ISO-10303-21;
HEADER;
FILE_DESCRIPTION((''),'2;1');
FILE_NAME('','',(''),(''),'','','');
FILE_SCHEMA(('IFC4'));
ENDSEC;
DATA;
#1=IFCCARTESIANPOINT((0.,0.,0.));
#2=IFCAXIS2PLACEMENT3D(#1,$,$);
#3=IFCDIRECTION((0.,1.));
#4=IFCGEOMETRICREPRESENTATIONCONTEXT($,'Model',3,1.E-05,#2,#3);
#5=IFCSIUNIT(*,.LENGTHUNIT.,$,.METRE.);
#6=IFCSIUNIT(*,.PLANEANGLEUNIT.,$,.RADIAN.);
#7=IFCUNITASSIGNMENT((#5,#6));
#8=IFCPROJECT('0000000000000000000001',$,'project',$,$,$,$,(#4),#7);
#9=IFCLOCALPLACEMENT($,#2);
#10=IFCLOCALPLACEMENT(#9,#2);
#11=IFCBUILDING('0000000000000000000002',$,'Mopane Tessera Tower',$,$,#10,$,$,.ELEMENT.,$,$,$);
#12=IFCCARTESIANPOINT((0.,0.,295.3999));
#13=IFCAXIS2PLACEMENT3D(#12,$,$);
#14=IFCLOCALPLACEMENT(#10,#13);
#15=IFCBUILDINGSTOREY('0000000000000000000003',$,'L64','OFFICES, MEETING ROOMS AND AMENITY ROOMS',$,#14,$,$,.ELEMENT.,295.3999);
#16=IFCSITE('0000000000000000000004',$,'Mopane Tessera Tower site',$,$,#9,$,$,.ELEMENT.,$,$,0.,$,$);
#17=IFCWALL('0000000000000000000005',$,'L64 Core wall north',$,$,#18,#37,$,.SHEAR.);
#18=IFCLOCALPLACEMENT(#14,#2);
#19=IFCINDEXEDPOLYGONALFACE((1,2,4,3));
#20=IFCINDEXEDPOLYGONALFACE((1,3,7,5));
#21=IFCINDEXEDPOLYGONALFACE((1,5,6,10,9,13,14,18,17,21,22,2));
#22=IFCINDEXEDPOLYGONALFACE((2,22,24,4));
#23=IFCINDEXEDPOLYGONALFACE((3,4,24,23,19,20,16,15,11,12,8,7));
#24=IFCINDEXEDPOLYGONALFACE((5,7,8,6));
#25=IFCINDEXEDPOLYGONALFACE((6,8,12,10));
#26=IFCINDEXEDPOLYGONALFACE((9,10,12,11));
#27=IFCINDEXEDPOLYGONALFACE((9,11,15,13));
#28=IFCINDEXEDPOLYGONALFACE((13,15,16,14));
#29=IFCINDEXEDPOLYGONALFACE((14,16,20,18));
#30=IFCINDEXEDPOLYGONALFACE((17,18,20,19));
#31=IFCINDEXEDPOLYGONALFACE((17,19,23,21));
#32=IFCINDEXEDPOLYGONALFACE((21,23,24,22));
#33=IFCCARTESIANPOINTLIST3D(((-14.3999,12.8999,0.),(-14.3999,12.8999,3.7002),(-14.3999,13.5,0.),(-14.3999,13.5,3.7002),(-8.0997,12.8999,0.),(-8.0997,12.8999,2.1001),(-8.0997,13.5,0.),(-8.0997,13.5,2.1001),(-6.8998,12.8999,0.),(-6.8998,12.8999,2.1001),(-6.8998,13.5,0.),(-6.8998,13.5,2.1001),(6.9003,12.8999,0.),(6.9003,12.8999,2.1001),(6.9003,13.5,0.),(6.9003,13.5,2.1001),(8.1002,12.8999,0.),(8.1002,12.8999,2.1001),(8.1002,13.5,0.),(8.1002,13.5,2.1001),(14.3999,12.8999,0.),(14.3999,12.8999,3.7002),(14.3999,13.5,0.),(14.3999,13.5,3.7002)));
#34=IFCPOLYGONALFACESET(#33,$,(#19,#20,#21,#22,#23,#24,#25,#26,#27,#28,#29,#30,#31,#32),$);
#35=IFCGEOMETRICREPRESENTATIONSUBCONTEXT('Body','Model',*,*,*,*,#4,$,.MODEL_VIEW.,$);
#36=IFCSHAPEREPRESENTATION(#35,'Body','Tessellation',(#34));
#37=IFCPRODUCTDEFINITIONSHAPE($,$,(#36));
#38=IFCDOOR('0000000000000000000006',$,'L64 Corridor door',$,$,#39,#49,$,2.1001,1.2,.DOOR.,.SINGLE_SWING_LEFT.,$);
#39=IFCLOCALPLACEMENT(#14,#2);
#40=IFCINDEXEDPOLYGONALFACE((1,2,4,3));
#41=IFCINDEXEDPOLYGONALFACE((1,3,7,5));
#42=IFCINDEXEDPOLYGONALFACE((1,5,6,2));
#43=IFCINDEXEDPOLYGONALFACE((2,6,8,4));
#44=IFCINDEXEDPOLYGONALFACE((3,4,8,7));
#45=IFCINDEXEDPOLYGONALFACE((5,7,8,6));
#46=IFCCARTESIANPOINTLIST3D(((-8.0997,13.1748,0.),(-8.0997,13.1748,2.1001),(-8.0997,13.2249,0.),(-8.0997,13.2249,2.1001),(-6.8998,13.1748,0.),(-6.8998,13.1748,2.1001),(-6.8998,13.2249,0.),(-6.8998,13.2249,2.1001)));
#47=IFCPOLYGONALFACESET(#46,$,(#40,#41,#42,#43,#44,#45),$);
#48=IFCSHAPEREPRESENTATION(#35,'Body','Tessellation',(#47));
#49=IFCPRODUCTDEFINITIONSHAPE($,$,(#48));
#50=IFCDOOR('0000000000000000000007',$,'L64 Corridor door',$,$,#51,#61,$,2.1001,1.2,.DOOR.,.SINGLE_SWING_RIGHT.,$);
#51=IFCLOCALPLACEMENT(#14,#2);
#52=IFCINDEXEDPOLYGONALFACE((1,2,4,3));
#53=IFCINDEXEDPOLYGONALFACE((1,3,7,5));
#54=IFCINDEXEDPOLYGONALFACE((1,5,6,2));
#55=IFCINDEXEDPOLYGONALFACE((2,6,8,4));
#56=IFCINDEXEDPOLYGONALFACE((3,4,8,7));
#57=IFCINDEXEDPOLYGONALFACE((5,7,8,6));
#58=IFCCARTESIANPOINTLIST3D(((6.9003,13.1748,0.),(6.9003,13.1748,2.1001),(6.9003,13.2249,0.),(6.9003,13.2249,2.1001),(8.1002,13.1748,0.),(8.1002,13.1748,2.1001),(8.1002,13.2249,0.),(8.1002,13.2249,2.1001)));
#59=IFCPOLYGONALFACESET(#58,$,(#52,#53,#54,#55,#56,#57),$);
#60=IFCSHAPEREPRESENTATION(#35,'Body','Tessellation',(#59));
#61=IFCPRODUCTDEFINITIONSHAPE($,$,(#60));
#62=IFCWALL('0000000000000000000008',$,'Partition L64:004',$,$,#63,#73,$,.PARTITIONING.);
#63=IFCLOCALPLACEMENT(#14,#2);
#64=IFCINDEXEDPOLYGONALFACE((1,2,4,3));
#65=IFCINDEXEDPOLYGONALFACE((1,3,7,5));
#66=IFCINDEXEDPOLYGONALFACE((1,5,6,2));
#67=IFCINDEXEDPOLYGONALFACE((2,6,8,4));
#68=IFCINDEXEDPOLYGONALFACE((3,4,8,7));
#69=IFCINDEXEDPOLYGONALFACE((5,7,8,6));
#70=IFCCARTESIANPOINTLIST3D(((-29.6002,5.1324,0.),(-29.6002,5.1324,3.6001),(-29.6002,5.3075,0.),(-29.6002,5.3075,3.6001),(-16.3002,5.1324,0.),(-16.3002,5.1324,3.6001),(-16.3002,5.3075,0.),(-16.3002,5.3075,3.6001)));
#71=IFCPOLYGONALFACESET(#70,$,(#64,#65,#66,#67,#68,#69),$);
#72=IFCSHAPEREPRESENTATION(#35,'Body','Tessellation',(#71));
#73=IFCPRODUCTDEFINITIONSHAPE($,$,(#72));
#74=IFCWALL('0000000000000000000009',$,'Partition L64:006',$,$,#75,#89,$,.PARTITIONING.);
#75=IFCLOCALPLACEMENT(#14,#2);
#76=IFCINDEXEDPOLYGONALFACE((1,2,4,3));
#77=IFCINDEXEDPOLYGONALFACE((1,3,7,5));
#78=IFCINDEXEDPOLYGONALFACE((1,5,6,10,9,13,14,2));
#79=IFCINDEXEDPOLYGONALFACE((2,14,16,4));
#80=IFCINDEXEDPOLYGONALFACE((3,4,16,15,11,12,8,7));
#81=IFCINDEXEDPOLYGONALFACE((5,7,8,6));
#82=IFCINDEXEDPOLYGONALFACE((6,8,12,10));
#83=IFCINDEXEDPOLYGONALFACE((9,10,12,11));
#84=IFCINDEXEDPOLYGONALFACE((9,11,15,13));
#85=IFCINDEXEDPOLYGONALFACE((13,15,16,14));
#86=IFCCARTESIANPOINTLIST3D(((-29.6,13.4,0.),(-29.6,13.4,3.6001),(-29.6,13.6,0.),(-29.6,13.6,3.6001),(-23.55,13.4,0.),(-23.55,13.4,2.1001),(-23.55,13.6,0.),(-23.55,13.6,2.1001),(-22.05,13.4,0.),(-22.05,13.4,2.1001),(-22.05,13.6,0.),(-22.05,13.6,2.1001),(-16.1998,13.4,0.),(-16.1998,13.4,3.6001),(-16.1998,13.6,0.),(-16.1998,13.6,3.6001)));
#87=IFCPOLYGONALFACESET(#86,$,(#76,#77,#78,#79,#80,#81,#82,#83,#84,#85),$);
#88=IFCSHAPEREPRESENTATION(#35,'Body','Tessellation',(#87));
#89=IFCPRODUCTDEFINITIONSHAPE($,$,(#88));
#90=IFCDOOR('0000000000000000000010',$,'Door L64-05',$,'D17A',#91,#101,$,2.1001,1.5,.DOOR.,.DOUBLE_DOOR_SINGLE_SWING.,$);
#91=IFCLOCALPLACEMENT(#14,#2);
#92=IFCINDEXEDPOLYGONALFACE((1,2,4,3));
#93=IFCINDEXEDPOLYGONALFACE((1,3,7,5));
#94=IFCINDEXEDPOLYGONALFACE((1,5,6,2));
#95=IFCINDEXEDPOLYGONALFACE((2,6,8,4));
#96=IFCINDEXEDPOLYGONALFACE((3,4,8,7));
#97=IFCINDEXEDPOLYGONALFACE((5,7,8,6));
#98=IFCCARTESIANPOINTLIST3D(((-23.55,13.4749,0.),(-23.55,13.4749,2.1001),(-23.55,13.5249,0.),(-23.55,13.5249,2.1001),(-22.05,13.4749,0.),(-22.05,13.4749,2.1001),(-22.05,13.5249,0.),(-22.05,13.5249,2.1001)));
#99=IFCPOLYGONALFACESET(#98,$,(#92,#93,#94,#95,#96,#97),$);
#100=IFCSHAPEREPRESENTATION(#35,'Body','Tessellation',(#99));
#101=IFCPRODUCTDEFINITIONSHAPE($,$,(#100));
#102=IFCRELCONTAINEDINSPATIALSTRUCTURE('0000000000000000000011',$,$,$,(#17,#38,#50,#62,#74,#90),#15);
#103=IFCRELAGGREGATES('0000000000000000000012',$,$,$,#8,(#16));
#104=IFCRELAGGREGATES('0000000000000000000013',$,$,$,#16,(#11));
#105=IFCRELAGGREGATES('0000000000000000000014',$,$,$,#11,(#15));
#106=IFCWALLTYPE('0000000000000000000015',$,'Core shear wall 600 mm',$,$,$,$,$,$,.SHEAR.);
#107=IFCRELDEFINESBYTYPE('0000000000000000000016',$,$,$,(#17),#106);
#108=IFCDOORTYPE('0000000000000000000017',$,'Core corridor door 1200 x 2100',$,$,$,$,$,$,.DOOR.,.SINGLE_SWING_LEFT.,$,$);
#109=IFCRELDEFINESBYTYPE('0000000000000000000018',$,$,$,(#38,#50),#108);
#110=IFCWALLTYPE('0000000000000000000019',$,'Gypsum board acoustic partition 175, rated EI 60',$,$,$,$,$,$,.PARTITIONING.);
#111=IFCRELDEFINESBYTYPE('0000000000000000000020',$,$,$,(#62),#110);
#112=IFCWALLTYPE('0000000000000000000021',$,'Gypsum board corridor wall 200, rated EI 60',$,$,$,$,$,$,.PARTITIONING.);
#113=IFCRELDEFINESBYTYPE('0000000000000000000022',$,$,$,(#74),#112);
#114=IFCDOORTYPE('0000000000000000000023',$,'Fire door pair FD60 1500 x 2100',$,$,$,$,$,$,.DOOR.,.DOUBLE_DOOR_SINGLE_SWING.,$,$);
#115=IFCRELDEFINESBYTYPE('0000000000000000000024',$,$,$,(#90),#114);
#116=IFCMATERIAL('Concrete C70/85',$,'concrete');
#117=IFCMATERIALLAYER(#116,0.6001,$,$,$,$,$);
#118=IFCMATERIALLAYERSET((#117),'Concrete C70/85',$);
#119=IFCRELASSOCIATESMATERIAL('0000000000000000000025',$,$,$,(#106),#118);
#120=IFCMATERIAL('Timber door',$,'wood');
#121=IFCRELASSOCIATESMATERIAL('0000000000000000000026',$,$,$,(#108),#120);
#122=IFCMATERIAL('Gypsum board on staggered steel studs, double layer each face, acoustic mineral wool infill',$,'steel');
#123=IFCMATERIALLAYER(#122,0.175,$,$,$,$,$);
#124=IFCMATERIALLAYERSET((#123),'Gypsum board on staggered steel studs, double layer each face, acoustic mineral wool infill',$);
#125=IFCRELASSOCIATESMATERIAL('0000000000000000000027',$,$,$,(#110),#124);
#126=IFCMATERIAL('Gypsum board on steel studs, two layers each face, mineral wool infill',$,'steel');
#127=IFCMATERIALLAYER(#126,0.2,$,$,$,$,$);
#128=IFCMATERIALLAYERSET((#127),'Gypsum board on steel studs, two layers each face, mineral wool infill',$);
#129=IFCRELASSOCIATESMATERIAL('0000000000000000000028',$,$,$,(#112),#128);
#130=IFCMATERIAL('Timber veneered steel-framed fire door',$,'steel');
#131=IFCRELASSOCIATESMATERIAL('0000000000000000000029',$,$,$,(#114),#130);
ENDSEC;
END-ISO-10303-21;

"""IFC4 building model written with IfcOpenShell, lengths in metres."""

from ifc_helpers import new_model, si_unit, direction, frame, frame_2d, origin, place, context, subcontext, project, spatial, rectangle, extrude, material, layer, layer_set, type_object, element, fill, save


model = new_model("IFC4")

# Units and contexts
model_context = context("Model", 3, precision=1e-05, world=origin(), true_north=direction((0.0, 1.0)))
body_context = subcontext(model_context, "Body", "Model", "MODEL_VIEW")
ifc_project = project(units=[si_unit("LENGTHUNIT", "METRE"), si_unit("PLANEANGLEUNIT", "RADIAN")], contexts=[model_context])

# Site, building, storey
site_placement = place(None, origin())
site = spatial("IfcSite", under=ifc_project, at=site_placement, Name="Mopane Tessera Tower site", CompositionType="ELEMENT", RefElevation=0.0)
building_placement = place(site_placement, origin())
building = spatial("IfcBuilding", under=site, at=building_placement, Name="Mopane Tessera Tower", CompositionType="ELEMENT")
storey_placement = place(building_placement, frame((0.0, 0.0, 295.3999)))
storey = spatial("IfcBuildingStorey", under=building, at=storey_placement, Name="L64", Description="OFFICES, MEETING ROOMS AND AMENITY ROOMS", CompositionType="ELEMENT", Elevation=295.3999)

# Wall, openings, doors
ifc_material_1 = material(Name="Concrete C70/85", Category="concrete")
ifc_layer_1 = layer(ifc_material_1, 0.6001)
ifc_layer_set_1 = layer_set([ifc_layer_1], Name="Concrete C70/85")
wall_type_1 = type_object("IfcWallType", Name="Core shear wall 600 mm", PredefinedType="SHEAR", material=ifc_layer_set_1)
wall_1_placement = place(storey_placement, frame((-14.3999, 13.2, 0.0), z_axis=(0.0, 0.0, 1.0), x_axis=(1.0, 0.0, 0.0)))
wall_1 = element("IfcWall", 1, at=wall_1_placement, inside=storey, type_object=wall_type_1, Name="L64 Core wall north", PredefinedType="SHEAR", context=body_context, shape_type="SweptSolid", body=[
    extrude(rectangle(XDim=28.7998, YDim=0.6001, at=frame_2d((14.3999, 0.0))), origin(), (0.0, 0.0, 1.0), 3.7002),
])
opening_1_placement = place(wall_1_placement, frame((6.3, 0.0, 0.0)))
opening_1 = element("IfcOpeningElement", 2, at=opening_1_placement, cuts=wall_1, PredefinedType="OPENING", context=body_context, shape_type="SweptSolid", body=[
    extrude(rectangle(XDim=1.2, YDim=2.1001, at=frame_2d((0.6001, 1.05))), frame((0.0, 0.312, 0.0), z_axis=(0.0, -1.0, 0.0), x_axis=(1.0, 0.0, 0.0)), (0.0, 0.0, 1.0), 0.624),
])
opening_2_placement = place(wall_1_placement, frame((21.3, 0.0, 0.0)))
opening_2 = element("IfcOpeningElement", 3, at=opening_2_placement, cuts=wall_1, PredefinedType="OPENING", context=body_context, shape_type="SweptSolid", body=[
    extrude(rectangle(XDim=1.2, YDim=2.1001, at=frame_2d((0.6001, 1.05))), frame((0.0, 0.312, 0.0), z_axis=(0.0, -1.0, 0.0), x_axis=(1.0, 0.0, 0.0)), (0.0, 0.0, 1.0), 0.624),
])
ifc_material_2 = material(Name="Timber door", Category="wood")
door_type_1 = type_object("IfcDoorType", Name="Core corridor door 1200 x 2100", OperationType="SINGLE_SWING_LEFT", PredefinedType="DOOR", material=ifc_material_2)
door_1_placement = place(opening_1_placement, origin())
door_1 = element("IfcDoor", 4, at=door_1_placement, inside=storey, type_object=door_type_1, Name="L64 Corridor door", OperationType="SINGLE_SWING_LEFT", OverallHeight=2.1001, OverallWidth=1.2, PredefinedType="DOOR", context=body_context, shape_type="SweptSolid", body=[
    extrude(rectangle(XDim=1.2, YDim=2.1001, at=frame_2d((0.6001, 1.05))), frame((0.0, 0.0249, 0.0), z_axis=(0.0, -1.0, 0.0), x_axis=(1.0, 0.0, 0.0)), (0.0, 0.0, 1.0), 0.05),
])
fill(opening_1, door_1)
door_2_placement = place(opening_2_placement, origin())
door_2 = element("IfcDoor", 5, at=door_2_placement, inside=storey, type_object=door_type_1, Name="L64 Corridor door", OperationType="SINGLE_SWING_RIGHT", OverallHeight=2.1001, OverallWidth=1.2, PredefinedType="DOOR", context=body_context, shape_type="SweptSolid", body=[
    extrude(rectangle(XDim=1.2, YDim=2.1001, at=frame_2d((0.6001, 1.05))), frame((0.0, 0.0249, 0.0), z_axis=(0.0, -1.0, 0.0), x_axis=(1.0, 0.0, 0.0)), (0.0, 0.0, 1.0), 0.05),
])
fill(opening_2, door_2)

# Wall
ifc_material_3 = material(Name="Gypsum board on staggered steel studs, double layer each face, acoustic mineral wool infill", Category="steel")
ifc_layer_2 = layer(ifc_material_3, 0.175)
ifc_layer_set_2 = layer_set([ifc_layer_2], Name="Gypsum board on staggered steel studs, double layer each face, acoustic mineral wool infill")
wall_type_2 = type_object("IfcWallType", Name="Gypsum board acoustic partition 175, rated EI 60", PredefinedType="PARTITIONING", material=ifc_layer_set_2)
wall_2_placement = place(storey_placement, frame((-29.6001, 5.22, 0.0), z_axis=(0.0, 0.0, 1.0), x_axis=(1.0, 0.0, 0.0)))
element("IfcWall", 6, at=wall_2_placement, inside=storey, type_object=wall_type_2, Name="Partition L64:004", PredefinedType="PARTITIONING", context=body_context, shape_type="SweptSolid", body=[
    extrude(rectangle(XDim=13.3, YDim=0.175, at=frame_2d((6.6499, 0.0))), origin(), (0.0, 0.0, 1.0), 3.6001),
])

# Wall, opening, door
ifc_material_4 = material(Name="Gypsum board on steel studs, two layers each face, mineral wool infill", Category="steel")
ifc_layer_3 = layer(ifc_material_4, 0.2)
ifc_layer_set_3 = layer_set([ifc_layer_3], Name="Gypsum board on steel studs, two layers each face, mineral wool infill")
wall_type_3 = type_object("IfcWallType", Name="Gypsum board corridor wall 200, rated EI 60", PredefinedType="PARTITIONING", material=ifc_layer_set_3)
wall_3_placement = place(storey_placement, frame((-29.6001, 13.5, 0.0), z_axis=(0.0, 0.0, 1.0), x_axis=(1.0, 0.0, 0.0)))
wall_3 = element("IfcWall", 7, at=wall_3_placement, inside=storey, type_object=wall_type_3, Name="Partition L64:006", PredefinedType="PARTITIONING", context=body_context, shape_type="SweptSolid", body=[
    extrude(rectangle(XDim=13.4001, YDim=0.2, at=frame_2d((6.7002, 0.0))), origin(), (0.0, 0.0, 1.0), 3.6001),
])
opening_3_placement = place(wall_3_placement, frame((6.05, 0.0, 0.0)))
opening_3 = element("IfcOpeningElement", 8, at=opening_3_placement, cuts=wall_3, PredefinedType="OPENING", context=body_context, shape_type="SweptSolid", body=[
    extrude(rectangle(XDim=1.5, YDim=2.1001, at=frame_2d((0.75, 1.05))), frame((0.0, 0.1121, 0.0), z_axis=(0.0, -1.0, 0.0), x_axis=(1.0, 0.0, 0.0)), (0.0, 0.0, 1.0), 0.2239),
])
ifc_material_5 = material(Name="Timber veneered steel-framed fire door", Category="steel")
door_type_2 = type_object("IfcDoorType", Name="Fire door pair FD60 1500 x 2100", OperationType="DOUBLE_DOOR_SINGLE_SWING", PredefinedType="DOOR", material=ifc_material_5)
door_3_placement = place(opening_3_placement, origin())
door_3 = element("IfcDoor", 9, at=door_3_placement, inside=storey, type_object=door_type_2, Name="Door L64-05", ObjectType="D17A", OperationType="DOUBLE_DOOR_SINGLE_SWING", OverallHeight=2.1001, OverallWidth=1.5, PredefinedType="DOOR", context=body_context, shape_type="SweptSolid", body=[
    extrude(rectangle(XDim=1.5, YDim=2.1001, at=frame_2d((0.75, 1.05))), frame((0.0, 0.0249, 0.0), z_axis=(0.0, -1.0, 0.0), x_axis=(1.0, 0.0, 0.0)), (0.0, 0.0, 1.0), 0.05),
])
fill(opening_3, door_3)

save(model, "model.ifc")
